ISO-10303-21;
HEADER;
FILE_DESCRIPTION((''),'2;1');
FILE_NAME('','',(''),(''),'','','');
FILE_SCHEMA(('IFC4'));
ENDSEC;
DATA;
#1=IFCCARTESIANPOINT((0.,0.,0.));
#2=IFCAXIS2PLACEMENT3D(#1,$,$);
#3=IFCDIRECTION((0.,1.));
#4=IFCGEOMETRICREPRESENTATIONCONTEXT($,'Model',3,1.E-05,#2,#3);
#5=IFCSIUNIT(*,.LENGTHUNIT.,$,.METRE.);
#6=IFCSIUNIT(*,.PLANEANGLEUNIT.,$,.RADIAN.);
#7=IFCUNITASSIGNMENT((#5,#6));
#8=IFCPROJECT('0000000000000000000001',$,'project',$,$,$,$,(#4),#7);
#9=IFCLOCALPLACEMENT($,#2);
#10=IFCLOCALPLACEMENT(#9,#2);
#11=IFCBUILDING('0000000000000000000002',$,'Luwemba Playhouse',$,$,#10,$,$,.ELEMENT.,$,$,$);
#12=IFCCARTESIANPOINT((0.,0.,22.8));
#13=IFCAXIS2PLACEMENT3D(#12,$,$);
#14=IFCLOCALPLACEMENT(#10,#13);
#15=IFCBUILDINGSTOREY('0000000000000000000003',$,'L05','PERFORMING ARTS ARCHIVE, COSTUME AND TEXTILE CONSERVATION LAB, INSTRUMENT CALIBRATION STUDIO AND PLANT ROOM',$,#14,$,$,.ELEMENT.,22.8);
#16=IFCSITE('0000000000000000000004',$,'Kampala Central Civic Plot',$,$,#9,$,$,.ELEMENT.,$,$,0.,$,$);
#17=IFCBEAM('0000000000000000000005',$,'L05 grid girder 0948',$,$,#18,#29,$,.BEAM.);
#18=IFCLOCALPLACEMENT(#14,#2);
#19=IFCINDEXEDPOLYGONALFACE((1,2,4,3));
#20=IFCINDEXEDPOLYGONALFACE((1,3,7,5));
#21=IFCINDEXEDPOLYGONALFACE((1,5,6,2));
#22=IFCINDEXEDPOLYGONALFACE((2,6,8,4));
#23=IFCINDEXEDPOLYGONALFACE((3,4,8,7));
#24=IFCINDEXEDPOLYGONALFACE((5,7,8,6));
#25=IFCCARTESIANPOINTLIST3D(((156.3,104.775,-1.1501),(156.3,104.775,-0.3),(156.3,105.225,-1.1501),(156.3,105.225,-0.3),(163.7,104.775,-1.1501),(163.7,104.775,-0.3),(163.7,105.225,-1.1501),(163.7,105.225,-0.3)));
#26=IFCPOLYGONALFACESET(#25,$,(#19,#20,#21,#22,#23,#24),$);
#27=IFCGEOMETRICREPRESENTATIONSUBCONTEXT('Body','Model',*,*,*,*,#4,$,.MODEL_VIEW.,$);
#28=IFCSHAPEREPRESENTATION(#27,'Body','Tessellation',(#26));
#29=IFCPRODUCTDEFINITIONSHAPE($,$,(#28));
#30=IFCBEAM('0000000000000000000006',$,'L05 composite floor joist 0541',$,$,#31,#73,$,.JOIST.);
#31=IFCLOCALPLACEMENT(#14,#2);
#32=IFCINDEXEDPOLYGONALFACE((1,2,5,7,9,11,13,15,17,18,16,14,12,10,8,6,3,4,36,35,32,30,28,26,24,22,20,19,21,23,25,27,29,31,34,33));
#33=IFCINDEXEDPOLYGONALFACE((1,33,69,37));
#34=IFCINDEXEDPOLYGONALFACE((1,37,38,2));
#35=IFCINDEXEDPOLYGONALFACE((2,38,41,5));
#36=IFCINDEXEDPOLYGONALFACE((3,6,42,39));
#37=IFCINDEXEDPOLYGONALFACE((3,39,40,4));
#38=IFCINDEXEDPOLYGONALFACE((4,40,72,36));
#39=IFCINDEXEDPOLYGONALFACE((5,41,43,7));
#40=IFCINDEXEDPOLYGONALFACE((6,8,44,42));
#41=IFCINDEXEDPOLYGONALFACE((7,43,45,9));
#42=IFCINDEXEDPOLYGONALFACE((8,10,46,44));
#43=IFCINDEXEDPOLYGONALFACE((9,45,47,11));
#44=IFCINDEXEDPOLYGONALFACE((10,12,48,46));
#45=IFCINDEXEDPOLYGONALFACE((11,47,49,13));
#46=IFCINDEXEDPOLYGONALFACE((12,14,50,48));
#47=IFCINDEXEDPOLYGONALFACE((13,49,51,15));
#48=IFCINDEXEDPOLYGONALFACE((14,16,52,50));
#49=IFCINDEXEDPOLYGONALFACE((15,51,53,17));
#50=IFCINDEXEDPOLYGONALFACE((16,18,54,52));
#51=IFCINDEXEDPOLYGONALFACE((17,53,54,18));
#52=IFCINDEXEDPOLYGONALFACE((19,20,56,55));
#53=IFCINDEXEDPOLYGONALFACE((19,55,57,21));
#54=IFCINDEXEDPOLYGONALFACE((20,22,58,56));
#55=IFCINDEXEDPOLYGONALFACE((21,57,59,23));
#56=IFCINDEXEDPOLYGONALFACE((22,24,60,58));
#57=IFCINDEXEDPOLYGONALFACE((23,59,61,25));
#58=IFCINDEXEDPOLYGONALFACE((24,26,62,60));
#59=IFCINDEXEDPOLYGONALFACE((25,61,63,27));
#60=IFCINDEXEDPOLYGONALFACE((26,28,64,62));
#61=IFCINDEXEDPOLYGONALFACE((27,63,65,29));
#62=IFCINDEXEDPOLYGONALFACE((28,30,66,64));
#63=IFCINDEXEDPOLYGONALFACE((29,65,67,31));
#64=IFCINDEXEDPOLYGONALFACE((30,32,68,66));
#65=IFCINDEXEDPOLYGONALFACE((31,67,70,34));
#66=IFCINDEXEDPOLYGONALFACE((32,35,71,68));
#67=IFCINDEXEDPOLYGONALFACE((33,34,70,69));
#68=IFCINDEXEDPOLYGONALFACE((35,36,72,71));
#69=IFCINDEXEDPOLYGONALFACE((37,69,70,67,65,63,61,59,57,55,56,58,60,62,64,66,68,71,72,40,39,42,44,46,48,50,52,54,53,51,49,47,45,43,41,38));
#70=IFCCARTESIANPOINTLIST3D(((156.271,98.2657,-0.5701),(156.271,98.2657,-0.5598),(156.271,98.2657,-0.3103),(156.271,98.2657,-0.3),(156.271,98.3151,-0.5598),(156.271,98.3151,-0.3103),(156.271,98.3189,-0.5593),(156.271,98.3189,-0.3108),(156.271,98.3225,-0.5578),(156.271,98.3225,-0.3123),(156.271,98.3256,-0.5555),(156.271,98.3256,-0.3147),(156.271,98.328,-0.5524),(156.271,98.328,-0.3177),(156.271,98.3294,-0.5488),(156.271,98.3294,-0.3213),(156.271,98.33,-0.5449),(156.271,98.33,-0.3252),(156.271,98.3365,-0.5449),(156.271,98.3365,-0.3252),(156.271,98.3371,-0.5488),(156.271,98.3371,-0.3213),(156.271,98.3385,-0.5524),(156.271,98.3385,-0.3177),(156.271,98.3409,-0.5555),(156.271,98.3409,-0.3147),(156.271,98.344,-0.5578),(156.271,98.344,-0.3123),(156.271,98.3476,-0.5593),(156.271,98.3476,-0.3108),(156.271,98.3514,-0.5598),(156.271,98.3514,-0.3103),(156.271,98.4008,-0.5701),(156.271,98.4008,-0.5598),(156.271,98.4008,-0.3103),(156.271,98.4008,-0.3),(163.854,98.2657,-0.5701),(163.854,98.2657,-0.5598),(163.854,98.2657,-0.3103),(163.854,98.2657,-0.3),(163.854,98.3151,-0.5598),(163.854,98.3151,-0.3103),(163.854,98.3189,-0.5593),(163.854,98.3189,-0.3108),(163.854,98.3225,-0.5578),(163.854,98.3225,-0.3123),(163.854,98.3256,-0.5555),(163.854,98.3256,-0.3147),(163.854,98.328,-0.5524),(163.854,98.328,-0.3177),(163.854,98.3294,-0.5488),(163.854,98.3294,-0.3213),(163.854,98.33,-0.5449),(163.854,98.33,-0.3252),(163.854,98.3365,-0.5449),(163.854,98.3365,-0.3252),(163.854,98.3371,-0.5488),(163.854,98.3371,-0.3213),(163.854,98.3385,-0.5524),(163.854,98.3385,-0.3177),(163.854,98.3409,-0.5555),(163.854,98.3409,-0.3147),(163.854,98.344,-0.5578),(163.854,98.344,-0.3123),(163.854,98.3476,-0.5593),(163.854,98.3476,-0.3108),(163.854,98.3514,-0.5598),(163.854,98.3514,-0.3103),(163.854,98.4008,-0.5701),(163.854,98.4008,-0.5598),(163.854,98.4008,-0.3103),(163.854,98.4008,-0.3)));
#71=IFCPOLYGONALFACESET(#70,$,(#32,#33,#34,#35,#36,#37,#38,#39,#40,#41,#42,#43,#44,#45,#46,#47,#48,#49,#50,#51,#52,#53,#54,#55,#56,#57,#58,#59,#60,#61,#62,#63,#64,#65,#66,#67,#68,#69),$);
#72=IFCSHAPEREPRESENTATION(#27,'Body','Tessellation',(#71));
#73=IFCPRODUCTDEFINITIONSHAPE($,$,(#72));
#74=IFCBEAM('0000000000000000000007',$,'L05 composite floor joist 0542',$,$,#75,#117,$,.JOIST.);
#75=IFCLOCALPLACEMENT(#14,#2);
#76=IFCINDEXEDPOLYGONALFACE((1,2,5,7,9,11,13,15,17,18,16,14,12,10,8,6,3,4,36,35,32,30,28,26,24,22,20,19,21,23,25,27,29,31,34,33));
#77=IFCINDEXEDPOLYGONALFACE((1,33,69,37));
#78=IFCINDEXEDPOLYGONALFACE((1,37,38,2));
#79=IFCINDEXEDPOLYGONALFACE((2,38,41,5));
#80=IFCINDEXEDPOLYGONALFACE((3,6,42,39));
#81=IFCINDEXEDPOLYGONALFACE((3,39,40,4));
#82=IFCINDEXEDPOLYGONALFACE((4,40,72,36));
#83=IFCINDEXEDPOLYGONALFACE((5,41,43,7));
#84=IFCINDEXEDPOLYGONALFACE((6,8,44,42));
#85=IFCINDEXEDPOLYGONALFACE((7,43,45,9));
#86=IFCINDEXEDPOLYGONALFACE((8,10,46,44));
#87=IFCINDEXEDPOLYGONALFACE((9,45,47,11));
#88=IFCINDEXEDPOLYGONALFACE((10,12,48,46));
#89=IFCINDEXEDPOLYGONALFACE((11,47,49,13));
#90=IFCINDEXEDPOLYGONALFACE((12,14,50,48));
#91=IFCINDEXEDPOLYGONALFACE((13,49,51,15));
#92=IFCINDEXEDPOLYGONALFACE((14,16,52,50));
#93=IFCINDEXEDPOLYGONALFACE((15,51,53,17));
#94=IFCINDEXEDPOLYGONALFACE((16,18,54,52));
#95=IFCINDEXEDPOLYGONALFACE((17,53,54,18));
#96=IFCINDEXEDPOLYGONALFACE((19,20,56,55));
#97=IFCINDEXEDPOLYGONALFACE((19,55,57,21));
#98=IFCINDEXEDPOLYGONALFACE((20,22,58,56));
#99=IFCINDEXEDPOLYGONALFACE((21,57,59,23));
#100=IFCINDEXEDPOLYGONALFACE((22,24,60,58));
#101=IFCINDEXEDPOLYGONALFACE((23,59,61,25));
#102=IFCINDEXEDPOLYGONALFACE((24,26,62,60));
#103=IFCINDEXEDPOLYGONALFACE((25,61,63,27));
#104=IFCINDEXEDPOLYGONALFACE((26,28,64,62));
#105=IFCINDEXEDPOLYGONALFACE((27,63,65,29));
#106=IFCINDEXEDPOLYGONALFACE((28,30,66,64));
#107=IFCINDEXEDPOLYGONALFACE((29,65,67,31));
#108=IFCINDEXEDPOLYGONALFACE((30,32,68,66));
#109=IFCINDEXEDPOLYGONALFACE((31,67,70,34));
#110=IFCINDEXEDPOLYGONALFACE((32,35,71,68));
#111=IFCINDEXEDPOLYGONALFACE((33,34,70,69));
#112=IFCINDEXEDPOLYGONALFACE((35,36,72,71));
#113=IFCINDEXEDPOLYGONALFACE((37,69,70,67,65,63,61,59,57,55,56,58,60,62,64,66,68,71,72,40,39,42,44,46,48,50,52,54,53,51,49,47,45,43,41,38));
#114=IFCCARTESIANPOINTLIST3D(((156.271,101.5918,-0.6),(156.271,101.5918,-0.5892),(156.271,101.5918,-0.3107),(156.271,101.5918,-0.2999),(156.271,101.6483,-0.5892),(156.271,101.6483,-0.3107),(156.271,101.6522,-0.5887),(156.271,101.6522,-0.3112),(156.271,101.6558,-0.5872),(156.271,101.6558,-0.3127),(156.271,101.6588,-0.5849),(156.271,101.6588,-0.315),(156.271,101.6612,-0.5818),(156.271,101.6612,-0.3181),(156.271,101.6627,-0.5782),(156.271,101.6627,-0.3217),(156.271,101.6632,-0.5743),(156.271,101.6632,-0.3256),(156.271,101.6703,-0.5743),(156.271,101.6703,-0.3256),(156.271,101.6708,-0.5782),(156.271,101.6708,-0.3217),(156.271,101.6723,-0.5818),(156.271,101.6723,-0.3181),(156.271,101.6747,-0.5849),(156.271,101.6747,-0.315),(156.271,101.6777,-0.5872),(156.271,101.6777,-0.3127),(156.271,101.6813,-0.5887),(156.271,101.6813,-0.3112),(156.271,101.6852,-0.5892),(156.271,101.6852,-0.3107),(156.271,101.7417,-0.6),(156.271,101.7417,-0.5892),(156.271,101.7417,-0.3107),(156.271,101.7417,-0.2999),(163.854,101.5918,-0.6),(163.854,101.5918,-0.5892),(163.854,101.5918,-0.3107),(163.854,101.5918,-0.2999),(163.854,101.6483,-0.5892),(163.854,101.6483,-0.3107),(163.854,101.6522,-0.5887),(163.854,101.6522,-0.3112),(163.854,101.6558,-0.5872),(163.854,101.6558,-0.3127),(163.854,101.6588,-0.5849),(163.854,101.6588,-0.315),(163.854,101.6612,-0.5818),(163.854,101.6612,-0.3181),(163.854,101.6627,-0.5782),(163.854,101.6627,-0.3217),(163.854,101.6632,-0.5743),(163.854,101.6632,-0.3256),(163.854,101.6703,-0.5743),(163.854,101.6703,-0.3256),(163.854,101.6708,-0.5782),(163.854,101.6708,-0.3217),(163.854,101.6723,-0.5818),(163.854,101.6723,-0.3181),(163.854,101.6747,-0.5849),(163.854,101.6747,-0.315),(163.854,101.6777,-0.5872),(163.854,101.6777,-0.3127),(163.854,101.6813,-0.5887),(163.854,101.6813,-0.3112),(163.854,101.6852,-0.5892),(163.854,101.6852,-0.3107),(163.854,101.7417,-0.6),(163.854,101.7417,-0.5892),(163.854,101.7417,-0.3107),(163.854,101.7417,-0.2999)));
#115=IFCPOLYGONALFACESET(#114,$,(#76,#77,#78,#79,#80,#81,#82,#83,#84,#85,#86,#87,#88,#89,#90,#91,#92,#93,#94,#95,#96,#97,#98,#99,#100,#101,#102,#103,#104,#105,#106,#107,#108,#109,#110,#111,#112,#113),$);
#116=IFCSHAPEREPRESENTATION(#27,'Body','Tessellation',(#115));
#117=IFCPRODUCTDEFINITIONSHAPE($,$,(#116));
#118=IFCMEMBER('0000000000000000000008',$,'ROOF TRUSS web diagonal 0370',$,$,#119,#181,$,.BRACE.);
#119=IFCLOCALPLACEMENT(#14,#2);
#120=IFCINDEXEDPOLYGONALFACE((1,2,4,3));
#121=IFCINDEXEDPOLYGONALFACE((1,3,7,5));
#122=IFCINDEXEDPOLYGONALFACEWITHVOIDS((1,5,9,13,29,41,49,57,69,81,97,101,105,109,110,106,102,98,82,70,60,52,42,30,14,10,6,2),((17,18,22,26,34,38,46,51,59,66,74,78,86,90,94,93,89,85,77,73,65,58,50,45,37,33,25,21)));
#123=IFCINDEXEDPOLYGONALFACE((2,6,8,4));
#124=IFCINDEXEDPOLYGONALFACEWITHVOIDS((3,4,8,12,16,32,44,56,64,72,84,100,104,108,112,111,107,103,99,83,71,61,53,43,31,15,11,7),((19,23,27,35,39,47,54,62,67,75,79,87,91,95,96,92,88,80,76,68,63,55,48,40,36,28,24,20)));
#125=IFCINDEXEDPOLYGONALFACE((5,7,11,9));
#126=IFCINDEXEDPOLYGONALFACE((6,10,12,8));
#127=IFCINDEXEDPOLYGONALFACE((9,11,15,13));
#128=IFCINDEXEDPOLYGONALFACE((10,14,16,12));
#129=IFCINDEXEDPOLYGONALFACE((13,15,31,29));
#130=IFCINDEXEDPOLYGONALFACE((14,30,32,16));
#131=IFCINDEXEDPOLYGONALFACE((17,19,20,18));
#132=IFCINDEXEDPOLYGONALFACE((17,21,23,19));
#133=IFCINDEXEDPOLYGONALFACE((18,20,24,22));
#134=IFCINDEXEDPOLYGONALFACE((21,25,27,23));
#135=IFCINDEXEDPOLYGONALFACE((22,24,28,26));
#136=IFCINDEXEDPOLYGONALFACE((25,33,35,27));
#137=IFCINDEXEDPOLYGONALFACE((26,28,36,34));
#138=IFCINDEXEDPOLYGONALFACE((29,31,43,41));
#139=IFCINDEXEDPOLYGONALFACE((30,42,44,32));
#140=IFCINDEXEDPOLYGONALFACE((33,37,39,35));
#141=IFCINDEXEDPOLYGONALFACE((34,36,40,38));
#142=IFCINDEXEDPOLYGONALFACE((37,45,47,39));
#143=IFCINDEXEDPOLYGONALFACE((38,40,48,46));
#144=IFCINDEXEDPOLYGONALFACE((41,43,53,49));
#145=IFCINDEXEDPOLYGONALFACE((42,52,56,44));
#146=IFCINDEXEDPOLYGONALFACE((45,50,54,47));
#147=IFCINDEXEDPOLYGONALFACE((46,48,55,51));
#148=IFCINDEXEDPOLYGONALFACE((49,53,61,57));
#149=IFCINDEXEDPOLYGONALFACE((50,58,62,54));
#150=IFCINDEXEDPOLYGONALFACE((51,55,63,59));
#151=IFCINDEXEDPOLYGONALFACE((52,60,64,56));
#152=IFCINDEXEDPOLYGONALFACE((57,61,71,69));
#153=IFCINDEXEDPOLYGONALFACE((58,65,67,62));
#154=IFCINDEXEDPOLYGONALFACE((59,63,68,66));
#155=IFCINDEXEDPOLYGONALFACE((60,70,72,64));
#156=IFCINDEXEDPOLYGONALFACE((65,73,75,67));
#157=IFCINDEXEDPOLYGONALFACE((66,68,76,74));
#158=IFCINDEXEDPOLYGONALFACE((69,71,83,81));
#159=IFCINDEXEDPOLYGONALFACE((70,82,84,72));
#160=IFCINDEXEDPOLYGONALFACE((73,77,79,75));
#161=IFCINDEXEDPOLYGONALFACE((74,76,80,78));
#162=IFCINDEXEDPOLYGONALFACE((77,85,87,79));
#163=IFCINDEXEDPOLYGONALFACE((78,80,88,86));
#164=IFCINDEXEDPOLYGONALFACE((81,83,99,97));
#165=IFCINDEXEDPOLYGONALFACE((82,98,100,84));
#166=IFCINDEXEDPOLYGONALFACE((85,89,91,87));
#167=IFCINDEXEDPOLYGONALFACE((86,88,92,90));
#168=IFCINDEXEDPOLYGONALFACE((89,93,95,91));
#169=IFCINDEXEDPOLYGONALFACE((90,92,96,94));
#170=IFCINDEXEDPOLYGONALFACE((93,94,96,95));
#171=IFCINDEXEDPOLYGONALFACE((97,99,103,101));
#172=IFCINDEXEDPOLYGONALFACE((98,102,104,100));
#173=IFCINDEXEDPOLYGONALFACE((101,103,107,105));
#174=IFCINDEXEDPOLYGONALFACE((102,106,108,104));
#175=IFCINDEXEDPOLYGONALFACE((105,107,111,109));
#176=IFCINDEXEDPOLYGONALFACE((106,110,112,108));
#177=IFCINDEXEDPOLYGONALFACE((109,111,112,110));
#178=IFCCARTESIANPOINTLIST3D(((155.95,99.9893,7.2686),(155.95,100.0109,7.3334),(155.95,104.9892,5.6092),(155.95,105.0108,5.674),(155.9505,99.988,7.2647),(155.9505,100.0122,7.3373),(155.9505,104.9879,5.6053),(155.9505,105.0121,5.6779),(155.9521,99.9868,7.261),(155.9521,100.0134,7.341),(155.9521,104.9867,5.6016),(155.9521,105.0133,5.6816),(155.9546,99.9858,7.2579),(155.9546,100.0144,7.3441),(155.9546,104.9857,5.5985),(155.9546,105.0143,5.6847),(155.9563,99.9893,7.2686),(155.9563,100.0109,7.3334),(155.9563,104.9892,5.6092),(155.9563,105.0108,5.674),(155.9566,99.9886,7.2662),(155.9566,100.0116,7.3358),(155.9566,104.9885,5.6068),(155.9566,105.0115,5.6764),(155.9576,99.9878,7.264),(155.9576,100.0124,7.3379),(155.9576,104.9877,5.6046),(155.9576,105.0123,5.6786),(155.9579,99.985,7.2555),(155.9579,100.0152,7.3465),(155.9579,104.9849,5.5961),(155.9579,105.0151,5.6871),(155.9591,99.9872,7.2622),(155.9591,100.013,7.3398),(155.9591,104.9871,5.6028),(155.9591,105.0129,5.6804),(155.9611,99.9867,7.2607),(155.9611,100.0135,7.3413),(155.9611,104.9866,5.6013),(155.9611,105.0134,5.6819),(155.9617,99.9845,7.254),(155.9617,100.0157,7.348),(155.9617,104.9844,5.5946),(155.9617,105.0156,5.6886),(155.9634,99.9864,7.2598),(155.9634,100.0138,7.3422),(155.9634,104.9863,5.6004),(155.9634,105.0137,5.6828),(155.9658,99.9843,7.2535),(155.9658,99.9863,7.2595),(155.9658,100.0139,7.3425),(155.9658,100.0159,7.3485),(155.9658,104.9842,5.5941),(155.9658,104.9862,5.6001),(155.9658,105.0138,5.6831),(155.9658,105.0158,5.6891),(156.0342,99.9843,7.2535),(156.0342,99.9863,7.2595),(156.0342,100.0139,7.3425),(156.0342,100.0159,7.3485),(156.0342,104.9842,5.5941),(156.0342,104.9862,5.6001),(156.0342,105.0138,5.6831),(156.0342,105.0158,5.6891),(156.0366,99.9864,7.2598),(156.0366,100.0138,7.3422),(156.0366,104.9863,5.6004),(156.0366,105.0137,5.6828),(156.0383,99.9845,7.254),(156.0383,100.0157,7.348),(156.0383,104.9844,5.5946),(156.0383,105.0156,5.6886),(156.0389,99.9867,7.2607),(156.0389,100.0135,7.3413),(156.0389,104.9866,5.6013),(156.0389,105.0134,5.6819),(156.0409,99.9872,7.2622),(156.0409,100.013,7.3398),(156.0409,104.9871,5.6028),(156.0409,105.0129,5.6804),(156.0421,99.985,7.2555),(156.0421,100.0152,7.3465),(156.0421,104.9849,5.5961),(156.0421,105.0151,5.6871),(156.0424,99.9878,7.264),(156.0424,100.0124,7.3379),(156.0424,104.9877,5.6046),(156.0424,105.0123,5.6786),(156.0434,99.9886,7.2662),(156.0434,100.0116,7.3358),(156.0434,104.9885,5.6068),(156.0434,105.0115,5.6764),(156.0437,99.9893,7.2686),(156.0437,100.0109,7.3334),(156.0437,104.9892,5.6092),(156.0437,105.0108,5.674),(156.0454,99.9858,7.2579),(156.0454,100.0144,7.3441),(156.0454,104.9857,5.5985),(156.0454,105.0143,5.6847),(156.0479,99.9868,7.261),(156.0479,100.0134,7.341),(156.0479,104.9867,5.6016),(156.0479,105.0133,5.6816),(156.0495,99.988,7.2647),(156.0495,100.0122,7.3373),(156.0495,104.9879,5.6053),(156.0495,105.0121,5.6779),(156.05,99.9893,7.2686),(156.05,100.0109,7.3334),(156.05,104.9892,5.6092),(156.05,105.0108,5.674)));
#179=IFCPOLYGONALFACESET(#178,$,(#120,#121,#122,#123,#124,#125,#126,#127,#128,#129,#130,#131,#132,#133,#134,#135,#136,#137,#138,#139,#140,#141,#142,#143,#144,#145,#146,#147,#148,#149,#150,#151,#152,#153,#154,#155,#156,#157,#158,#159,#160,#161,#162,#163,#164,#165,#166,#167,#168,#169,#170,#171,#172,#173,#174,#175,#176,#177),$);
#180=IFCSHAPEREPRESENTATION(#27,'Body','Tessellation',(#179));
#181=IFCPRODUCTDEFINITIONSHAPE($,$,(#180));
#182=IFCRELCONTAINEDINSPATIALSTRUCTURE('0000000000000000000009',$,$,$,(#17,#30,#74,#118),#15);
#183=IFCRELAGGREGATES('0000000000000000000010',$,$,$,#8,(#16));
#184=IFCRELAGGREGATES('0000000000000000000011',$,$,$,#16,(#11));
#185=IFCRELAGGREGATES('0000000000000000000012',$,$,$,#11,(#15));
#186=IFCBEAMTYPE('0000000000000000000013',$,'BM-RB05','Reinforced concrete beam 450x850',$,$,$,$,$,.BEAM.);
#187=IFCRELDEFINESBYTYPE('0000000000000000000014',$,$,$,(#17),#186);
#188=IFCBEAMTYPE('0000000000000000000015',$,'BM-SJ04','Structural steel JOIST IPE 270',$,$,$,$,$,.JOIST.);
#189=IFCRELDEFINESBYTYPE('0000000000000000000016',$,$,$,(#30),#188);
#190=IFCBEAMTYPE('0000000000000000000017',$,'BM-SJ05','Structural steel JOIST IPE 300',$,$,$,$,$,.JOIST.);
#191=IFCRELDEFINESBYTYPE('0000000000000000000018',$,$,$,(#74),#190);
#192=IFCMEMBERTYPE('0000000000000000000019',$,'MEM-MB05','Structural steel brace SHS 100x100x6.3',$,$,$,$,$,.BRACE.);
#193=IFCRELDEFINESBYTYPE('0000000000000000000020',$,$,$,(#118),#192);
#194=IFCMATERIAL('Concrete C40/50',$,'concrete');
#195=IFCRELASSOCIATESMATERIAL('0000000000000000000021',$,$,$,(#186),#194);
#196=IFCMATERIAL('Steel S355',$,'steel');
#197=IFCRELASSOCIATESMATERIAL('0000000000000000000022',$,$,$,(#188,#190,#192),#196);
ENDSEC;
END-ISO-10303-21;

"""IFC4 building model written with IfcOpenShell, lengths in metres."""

from ifc_helpers import new_model, si_unit, direction, frame, origin, origin_2d, place, context, subcontext, project, spatial, rectangle, hollow_rectangle, i_section, extrude, material, material_profile, profile_set, type_object, element, save


model = new_model("IFC4")

# Units and contexts
model_context = context("Model", 3, precision=1e-05, world=origin(), true_north=direction((0.0, 1.0)))
body_context = subcontext(model_context, "Body", "Model", "MODEL_VIEW")
ifc_project = project(units=[si_unit("LENGTHUNIT", "METRE"), si_unit("PLANEANGLEUNIT", "RADIAN")], contexts=[model_context])

# Site, building, storey
site_placement = place(None, origin())
site = spatial("IfcSite", under=ifc_project, at=site_placement, Name="Kampala Central Civic Plot", CompositionType="ELEMENT", RefElevation=0.0)
building_placement = place(site_placement, origin())
building = spatial("IfcBuilding", under=site, at=building_placement, Name="Luwemba Playhouse", CompositionType="ELEMENT")
storey_placement = place(building_placement, frame((0.0, 0.0, 22.8)))
storey = spatial("IfcBuildingStorey", under=building, at=storey_placement, Name="L05", Description="PERFORMING ARTS ARCHIVE, COSTUME AND TEXTILE CONSERVATION LAB, INSTRUMENT CALIBRATION STUDIO AND PLANT ROOM", CompositionType="ELEMENT", Elevation=22.8)

# Beams
ifc_material_1 = material(Name="Concrete C40/50", Category="concrete")
ifc_material_profile_1 = material_profile(ifc_material_1, rectangle(XDim=0.45, YDim=0.8501, at=origin_2d()))
ifc_profile_set_1 = profile_set([ifc_material_profile_1], Name="Concrete C40/50")
beam_type_1 = type_object("IfcBeamType", Name="BM-RB05", Description="Reinforced concrete beam 450x850", PredefinedType="BEAM", material=ifc_profile_set_1)
beam_1_placement = place(storey_placement, frame((156.3, 105.0, -0.7251), z_axis=(1.0, 0.0, 0.0), x_axis=(0.0, 1.0, 0.0)))
element("IfcBeam", 1, at=beam_1_placement, inside=storey, type_object=beam_type_1, Name="L05 grid girder 0948", PredefinedType="BEAM", context=body_context, shape_type="SweptSolid", body=[
    extrude(rectangle(XDim=0.45, YDim=0.8501, at=origin_2d()), origin(), (0.0, 0.0, 1.0), 7.3999),
])
ifc_material_2 = material(Name="Steel S355", Category="steel")
ifc_material_profile_2 = material_profile(ifc_material_2, i_section(OverallWidth=0.135, OverallDepth=0.27, WebThickness=0.0066, FlangeThickness=0.0103, FilletRadius=0.0149, at=origin_2d()))
ifc_profile_set_2 = profile_set([ifc_material_profile_2], Name="Steel S355")
beam_type_2 = type_object("IfcBeamType", Name="BM-SJ04", Description="Structural steel JOIST IPE 270", PredefinedType="JOIST", material=ifc_profile_set_2)
beam_2_placement = place(storey_placement, frame((156.271, 98.3333, -0.4351), z_axis=(1.0, 0.0, 0.0), x_axis=(0.0, 1.0, 0.0)))
element("IfcBeam", 2, at=beam_2_placement, inside=storey, type_object=beam_type_2, Name="L05 composite floor joist 0541", PredefinedType="JOIST", context=body_context, shape_type="SweptSolid", body=[
    extrude(i_section(OverallWidth=0.135, OverallDepth=0.27, WebThickness=0.0066, FlangeThickness=0.0103, FilletRadius=0.0149, at=origin_2d()), origin(), (0.0, 0.0, 1.0), 7.583),
])
ifc_material_profile_3 = material_profile(ifc_material_2, i_section(OverallWidth=0.1499, OverallDepth=0.3, WebThickness=0.0071, FlangeThickness=0.0107, FilletRadius=0.0149, at=origin_2d()))
ifc_profile_set_3 = profile_set([ifc_material_profile_3], Name="Steel S355")
beam_type_3 = type_object("IfcBeamType", Name="BM-SJ05", Description="Structural steel JOIST IPE 300", PredefinedType="JOIST", material=ifc_profile_set_3)
beam_3_placement = place(storey_placement, frame((156.271, 101.6667, -0.45), z_axis=(1.0, 0.0, 0.0), x_axis=(0.0, 1.0, 0.0)))
element("IfcBeam", 3, at=beam_3_placement, inside=storey, type_object=beam_type_3, Name="L05 composite floor joist 0542", PredefinedType="JOIST", context=body_context, shape_type="SweptSolid", body=[
    extrude(i_section(OverallWidth=0.1499, OverallDepth=0.3, WebThickness=0.0071, FlangeThickness=0.0107, FilletRadius=0.0149, at=origin_2d()), origin(), (0.0, 0.0, 1.0), 7.583),
])

# Member
ifc_material_profile_4 = material_profile(ifc_material_2, hollow_rectangle(XDim=0.1001, YDim=0.1001, WallThickness=0.0063, InnerFilletRadius=0.0095, OuterFilletRadius=0.0159, at=origin_2d()))
ifc_profile_set_4 = profile_set([ifc_material_profile_4], Name="Steel S355")
member_type_1 = type_object("IfcMemberType", Name="MEM-MB05", Description="Structural steel brace SHS 100x100x6.3", PredefinedType="BRACE", material=ifc_profile_set_4)
for number, where, z_axis, x_axis, name in (
    (4, (156.0, 105.0, 5.6416), (0.0, -0.949095, 0.31499), (1.0, 0.0, 0.0), "ROOF TRUSS web diagonal 0370"),
):
    element("IfcMember", number, at=place(storey_placement, frame(where, z_axis=z_axis, x_axis=x_axis)), inside=storey, type_object=member_type_1, Name=name, PredefinedType="BRACE", context=body_context, shape_type="SweptSolid", body=[
        extrude(hollow_rectangle(XDim=0.1001, YDim=0.1001, WallThickness=0.0063, InnerFilletRadius=0.0095, OuterFilletRadius=0.0159, at=origin_2d()), origin(), (0.0, 0.0, 1.0), 5.2681),
    ])

save(model, "model.ifc")
